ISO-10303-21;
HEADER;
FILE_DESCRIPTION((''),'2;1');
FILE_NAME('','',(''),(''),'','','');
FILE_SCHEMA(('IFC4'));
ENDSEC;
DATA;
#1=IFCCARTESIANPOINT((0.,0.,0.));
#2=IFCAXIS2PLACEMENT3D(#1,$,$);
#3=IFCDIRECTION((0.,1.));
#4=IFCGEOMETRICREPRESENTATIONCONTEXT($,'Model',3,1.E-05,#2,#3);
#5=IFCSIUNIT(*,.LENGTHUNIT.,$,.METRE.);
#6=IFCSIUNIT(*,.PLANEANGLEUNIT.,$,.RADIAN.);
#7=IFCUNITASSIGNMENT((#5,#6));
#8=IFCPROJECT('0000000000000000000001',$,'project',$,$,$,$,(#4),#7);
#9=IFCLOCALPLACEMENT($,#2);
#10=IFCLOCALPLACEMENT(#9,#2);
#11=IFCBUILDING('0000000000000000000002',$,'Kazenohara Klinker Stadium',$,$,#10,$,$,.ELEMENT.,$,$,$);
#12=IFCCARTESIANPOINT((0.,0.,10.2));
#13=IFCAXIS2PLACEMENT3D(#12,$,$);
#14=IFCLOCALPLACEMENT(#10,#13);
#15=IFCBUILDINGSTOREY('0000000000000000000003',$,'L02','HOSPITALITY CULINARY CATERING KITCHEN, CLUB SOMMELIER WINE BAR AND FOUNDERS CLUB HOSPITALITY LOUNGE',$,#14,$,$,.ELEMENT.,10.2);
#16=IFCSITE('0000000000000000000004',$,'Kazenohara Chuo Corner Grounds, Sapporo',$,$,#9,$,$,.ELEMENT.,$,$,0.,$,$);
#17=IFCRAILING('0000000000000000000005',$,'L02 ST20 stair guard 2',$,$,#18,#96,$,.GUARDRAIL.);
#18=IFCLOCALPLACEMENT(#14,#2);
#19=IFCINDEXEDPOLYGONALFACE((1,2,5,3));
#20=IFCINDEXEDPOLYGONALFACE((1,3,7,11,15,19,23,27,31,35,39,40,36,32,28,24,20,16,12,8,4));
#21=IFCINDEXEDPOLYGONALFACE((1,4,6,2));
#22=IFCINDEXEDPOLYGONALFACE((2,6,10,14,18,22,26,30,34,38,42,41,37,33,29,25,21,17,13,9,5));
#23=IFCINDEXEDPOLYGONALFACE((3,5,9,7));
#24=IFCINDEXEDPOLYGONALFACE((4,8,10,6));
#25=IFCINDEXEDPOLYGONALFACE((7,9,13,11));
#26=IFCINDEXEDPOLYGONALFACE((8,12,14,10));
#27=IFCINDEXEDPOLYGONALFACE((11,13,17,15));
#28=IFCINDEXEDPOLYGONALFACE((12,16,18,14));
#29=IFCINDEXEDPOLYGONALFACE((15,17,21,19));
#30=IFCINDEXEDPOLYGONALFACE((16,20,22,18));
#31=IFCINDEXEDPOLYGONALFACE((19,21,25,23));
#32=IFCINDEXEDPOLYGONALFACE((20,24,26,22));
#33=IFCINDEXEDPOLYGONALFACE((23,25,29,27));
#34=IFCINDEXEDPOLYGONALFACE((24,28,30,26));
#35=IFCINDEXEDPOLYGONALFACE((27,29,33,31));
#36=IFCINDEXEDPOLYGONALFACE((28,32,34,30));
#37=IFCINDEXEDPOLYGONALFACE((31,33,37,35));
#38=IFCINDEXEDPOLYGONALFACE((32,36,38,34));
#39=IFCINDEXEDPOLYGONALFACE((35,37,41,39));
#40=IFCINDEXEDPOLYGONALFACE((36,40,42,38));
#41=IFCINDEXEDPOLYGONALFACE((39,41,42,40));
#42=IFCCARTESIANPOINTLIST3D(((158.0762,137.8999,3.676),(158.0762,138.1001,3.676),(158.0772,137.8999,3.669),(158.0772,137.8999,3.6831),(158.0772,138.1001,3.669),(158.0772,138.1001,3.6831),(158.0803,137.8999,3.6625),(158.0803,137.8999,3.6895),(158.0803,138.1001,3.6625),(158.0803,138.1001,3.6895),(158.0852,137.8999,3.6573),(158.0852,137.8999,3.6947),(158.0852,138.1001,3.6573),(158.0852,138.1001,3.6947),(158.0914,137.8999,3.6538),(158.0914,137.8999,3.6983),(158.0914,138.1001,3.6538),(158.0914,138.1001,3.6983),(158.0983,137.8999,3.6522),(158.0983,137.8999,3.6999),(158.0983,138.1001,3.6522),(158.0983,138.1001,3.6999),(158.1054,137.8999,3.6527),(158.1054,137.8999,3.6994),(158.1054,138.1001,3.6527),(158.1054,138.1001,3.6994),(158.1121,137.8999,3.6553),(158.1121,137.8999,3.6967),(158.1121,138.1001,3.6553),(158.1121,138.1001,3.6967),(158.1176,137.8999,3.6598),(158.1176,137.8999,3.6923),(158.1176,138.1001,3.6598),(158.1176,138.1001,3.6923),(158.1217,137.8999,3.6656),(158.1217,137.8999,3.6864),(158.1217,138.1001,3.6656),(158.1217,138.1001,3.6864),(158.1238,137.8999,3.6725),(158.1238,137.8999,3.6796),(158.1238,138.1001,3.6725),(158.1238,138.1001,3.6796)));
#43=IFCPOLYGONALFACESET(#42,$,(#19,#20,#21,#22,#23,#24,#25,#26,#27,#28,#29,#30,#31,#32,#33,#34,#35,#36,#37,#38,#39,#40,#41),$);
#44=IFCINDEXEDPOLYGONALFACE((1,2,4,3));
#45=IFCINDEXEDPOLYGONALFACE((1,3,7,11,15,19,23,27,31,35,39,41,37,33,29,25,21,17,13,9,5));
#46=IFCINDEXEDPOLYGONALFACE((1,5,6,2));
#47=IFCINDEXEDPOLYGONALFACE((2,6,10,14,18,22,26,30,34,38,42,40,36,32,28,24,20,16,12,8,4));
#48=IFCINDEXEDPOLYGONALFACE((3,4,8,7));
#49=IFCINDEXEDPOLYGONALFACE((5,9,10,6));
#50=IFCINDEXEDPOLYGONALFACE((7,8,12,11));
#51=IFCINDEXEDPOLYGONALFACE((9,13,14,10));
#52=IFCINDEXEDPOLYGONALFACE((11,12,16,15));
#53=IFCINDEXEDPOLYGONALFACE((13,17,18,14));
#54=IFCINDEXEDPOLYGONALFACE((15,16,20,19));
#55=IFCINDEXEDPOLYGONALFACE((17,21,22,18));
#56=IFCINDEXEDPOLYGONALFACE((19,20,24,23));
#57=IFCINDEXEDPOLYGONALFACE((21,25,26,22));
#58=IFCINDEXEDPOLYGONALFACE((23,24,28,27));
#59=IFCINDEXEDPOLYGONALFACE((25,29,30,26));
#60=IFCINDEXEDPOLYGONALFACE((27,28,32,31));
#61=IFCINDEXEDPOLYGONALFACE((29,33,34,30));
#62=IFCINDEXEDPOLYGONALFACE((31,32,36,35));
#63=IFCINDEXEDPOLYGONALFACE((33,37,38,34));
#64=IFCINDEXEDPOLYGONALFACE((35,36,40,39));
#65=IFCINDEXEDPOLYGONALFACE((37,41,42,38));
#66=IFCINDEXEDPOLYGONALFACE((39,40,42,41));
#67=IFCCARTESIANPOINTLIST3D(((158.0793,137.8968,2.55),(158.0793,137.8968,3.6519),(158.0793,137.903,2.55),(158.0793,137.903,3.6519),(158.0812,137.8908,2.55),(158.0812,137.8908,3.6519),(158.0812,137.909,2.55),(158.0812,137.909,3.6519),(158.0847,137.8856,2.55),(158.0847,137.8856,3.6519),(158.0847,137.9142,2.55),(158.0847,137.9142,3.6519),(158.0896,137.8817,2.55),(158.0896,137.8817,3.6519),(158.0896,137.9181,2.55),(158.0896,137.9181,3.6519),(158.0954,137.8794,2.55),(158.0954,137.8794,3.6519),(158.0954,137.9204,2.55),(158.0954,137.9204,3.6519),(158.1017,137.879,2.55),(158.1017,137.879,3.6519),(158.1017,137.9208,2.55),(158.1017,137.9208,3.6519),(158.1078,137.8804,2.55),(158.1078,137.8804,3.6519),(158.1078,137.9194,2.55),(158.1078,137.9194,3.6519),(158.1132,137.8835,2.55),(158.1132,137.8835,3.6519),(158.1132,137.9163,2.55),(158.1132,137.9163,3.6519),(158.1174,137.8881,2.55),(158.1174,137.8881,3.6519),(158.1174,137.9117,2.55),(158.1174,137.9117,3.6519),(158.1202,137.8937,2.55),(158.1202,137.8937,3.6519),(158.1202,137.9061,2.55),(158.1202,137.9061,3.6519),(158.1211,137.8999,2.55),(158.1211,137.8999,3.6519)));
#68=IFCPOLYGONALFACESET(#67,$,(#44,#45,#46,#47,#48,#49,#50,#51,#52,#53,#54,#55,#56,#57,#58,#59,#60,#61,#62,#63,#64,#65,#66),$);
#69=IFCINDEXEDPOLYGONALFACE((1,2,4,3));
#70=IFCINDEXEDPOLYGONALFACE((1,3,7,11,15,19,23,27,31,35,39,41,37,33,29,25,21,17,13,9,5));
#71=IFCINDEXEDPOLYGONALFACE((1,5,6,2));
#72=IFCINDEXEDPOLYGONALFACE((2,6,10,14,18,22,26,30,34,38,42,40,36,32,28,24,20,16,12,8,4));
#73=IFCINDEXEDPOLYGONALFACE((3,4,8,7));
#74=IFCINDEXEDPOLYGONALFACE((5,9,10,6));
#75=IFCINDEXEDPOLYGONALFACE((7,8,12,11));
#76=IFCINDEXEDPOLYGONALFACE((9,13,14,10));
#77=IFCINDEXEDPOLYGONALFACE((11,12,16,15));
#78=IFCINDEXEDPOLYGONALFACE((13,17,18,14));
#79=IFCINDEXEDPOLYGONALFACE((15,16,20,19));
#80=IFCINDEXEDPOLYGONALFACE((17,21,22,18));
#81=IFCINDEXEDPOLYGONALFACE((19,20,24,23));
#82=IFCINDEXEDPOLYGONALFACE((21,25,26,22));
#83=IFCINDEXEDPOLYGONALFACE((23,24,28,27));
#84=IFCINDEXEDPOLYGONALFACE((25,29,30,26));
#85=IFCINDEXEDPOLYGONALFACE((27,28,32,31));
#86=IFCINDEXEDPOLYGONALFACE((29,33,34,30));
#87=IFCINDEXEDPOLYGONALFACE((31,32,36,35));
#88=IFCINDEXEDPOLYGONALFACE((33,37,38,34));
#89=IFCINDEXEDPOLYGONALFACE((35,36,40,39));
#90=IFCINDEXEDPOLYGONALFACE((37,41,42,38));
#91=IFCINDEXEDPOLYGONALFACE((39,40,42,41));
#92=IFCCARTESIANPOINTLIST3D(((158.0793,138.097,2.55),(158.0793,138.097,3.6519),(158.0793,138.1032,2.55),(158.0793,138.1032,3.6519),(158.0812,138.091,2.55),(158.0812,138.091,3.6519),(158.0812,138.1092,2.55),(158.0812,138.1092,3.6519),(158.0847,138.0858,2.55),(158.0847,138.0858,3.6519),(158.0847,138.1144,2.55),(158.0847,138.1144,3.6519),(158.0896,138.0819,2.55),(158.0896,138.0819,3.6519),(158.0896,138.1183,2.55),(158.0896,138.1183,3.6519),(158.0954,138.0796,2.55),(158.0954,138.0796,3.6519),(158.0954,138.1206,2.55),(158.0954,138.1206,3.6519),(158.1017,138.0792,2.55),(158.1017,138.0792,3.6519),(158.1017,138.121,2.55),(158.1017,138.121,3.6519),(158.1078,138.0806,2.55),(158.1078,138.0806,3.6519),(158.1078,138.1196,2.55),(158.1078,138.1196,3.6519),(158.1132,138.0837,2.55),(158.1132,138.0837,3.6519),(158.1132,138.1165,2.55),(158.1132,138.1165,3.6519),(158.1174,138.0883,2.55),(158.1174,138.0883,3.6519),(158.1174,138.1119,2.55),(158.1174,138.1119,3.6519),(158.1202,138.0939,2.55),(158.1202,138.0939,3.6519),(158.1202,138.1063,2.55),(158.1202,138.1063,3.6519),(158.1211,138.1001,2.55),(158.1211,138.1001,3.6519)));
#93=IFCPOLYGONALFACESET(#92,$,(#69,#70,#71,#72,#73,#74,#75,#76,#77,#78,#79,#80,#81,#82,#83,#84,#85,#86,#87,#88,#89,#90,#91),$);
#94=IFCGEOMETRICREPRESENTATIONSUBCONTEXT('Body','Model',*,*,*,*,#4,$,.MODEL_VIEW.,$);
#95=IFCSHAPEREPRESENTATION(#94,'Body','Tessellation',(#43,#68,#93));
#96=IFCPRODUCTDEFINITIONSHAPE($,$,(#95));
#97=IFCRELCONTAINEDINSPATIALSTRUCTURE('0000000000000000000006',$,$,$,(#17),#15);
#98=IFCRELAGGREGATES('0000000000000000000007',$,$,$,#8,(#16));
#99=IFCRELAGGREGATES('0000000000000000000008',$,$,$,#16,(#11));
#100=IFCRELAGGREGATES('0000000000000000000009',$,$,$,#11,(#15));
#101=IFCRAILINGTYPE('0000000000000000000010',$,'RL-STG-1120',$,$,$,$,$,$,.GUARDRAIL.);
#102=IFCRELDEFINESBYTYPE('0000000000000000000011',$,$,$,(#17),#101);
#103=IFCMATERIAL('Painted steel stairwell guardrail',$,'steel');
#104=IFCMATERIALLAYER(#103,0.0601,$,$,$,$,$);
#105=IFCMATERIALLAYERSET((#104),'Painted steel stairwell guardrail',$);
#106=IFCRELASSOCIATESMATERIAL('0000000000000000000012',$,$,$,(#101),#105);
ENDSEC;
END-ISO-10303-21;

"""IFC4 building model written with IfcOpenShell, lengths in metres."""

from ifc_helpers import new_model, si_unit, direction, frame, origin, origin_2d, place, context, subcontext, project, spatial, circle, extrude, material, layer, layer_set, type_object, element, save


model = new_model("IFC4")

# Units and contexts
model_context = context("Model", 3, precision=1e-05, world=origin(), true_north=direction((0.0, 1.0)))
body_context = subcontext(model_context, "Body", "Model", "MODEL_VIEW")
ifc_project = project(units=[si_unit("LENGTHUNIT", "METRE"), si_unit("PLANEANGLEUNIT", "RADIAN")], contexts=[model_context])

# Site, building, storey
site_placement = place(None, origin())
site = spatial("IfcSite", under=ifc_project, at=site_placement, Name="Kazenohara Chuo Corner Grounds, Sapporo", CompositionType="ELEMENT", RefElevation=0.0)
building_placement = place(site_placement, origin())
building = spatial("IfcBuilding", under=site, at=building_placement, Name="Kazenohara Klinker Stadium", CompositionType="ELEMENT")
storey_placement = place(building_placement, frame((0.0, 0.0, 10.2)))
storey = spatial("IfcBuildingStorey", under=building, at=storey_placement, Name="L02", Description="HOSPITALITY CULINARY CATERING KITCHEN, CLUB SOMMELIER WINE BAR AND FOUNDERS CLUB HOSPITALITY LOUNGE", CompositionType="ELEMENT", Elevation=10.2)

# Railing
ifc_material_1 = material(Name="Painted steel stairwell guardrail", Category="steel")
ifc_layer_1 = layer(ifc_material_1, 0.0601)
ifc_layer_set_1 = layer_set([ifc_layer_1], Name="Painted steel stairwell guardrail")
railing_type_1 = type_object("IfcRailingType", Name="RL-STG-1120", PredefinedType="GUARDRAIL", material=ifc_layer_set_1)
railing_1_placement = place(storey_placement, frame((158.1001, 137.8999, 2.55)))
element("IfcRailing", 1, at=railing_1_placement, inside=storey, type_object=railing_type_1, Name="L02 ST20 stair guard 2", PredefinedType="GUARDRAIL", context=body_context, shape_type="SweptSolid", body=[
    extrude(circle(Radius=0.0239, at=origin_2d()), frame((0.0, 0.0, 1.126), z_axis=(0.0, 1.0, 0.0), x_axis=(-1.0, 0.0, 0.0)), (0.0, 0.0, 1.0), 0.2002),
    extrude(circle(Radius=0.021, at=origin_2d()), origin(), (0.0, 0.0, 1.0), 1.1018),
    extrude(circle(Radius=0.021, at=origin_2d()), frame((0.0, 0.2002, 0.0)), (0.0, 0.0, 1.0), 1.1018),
])

save(model, "model.ifc")
